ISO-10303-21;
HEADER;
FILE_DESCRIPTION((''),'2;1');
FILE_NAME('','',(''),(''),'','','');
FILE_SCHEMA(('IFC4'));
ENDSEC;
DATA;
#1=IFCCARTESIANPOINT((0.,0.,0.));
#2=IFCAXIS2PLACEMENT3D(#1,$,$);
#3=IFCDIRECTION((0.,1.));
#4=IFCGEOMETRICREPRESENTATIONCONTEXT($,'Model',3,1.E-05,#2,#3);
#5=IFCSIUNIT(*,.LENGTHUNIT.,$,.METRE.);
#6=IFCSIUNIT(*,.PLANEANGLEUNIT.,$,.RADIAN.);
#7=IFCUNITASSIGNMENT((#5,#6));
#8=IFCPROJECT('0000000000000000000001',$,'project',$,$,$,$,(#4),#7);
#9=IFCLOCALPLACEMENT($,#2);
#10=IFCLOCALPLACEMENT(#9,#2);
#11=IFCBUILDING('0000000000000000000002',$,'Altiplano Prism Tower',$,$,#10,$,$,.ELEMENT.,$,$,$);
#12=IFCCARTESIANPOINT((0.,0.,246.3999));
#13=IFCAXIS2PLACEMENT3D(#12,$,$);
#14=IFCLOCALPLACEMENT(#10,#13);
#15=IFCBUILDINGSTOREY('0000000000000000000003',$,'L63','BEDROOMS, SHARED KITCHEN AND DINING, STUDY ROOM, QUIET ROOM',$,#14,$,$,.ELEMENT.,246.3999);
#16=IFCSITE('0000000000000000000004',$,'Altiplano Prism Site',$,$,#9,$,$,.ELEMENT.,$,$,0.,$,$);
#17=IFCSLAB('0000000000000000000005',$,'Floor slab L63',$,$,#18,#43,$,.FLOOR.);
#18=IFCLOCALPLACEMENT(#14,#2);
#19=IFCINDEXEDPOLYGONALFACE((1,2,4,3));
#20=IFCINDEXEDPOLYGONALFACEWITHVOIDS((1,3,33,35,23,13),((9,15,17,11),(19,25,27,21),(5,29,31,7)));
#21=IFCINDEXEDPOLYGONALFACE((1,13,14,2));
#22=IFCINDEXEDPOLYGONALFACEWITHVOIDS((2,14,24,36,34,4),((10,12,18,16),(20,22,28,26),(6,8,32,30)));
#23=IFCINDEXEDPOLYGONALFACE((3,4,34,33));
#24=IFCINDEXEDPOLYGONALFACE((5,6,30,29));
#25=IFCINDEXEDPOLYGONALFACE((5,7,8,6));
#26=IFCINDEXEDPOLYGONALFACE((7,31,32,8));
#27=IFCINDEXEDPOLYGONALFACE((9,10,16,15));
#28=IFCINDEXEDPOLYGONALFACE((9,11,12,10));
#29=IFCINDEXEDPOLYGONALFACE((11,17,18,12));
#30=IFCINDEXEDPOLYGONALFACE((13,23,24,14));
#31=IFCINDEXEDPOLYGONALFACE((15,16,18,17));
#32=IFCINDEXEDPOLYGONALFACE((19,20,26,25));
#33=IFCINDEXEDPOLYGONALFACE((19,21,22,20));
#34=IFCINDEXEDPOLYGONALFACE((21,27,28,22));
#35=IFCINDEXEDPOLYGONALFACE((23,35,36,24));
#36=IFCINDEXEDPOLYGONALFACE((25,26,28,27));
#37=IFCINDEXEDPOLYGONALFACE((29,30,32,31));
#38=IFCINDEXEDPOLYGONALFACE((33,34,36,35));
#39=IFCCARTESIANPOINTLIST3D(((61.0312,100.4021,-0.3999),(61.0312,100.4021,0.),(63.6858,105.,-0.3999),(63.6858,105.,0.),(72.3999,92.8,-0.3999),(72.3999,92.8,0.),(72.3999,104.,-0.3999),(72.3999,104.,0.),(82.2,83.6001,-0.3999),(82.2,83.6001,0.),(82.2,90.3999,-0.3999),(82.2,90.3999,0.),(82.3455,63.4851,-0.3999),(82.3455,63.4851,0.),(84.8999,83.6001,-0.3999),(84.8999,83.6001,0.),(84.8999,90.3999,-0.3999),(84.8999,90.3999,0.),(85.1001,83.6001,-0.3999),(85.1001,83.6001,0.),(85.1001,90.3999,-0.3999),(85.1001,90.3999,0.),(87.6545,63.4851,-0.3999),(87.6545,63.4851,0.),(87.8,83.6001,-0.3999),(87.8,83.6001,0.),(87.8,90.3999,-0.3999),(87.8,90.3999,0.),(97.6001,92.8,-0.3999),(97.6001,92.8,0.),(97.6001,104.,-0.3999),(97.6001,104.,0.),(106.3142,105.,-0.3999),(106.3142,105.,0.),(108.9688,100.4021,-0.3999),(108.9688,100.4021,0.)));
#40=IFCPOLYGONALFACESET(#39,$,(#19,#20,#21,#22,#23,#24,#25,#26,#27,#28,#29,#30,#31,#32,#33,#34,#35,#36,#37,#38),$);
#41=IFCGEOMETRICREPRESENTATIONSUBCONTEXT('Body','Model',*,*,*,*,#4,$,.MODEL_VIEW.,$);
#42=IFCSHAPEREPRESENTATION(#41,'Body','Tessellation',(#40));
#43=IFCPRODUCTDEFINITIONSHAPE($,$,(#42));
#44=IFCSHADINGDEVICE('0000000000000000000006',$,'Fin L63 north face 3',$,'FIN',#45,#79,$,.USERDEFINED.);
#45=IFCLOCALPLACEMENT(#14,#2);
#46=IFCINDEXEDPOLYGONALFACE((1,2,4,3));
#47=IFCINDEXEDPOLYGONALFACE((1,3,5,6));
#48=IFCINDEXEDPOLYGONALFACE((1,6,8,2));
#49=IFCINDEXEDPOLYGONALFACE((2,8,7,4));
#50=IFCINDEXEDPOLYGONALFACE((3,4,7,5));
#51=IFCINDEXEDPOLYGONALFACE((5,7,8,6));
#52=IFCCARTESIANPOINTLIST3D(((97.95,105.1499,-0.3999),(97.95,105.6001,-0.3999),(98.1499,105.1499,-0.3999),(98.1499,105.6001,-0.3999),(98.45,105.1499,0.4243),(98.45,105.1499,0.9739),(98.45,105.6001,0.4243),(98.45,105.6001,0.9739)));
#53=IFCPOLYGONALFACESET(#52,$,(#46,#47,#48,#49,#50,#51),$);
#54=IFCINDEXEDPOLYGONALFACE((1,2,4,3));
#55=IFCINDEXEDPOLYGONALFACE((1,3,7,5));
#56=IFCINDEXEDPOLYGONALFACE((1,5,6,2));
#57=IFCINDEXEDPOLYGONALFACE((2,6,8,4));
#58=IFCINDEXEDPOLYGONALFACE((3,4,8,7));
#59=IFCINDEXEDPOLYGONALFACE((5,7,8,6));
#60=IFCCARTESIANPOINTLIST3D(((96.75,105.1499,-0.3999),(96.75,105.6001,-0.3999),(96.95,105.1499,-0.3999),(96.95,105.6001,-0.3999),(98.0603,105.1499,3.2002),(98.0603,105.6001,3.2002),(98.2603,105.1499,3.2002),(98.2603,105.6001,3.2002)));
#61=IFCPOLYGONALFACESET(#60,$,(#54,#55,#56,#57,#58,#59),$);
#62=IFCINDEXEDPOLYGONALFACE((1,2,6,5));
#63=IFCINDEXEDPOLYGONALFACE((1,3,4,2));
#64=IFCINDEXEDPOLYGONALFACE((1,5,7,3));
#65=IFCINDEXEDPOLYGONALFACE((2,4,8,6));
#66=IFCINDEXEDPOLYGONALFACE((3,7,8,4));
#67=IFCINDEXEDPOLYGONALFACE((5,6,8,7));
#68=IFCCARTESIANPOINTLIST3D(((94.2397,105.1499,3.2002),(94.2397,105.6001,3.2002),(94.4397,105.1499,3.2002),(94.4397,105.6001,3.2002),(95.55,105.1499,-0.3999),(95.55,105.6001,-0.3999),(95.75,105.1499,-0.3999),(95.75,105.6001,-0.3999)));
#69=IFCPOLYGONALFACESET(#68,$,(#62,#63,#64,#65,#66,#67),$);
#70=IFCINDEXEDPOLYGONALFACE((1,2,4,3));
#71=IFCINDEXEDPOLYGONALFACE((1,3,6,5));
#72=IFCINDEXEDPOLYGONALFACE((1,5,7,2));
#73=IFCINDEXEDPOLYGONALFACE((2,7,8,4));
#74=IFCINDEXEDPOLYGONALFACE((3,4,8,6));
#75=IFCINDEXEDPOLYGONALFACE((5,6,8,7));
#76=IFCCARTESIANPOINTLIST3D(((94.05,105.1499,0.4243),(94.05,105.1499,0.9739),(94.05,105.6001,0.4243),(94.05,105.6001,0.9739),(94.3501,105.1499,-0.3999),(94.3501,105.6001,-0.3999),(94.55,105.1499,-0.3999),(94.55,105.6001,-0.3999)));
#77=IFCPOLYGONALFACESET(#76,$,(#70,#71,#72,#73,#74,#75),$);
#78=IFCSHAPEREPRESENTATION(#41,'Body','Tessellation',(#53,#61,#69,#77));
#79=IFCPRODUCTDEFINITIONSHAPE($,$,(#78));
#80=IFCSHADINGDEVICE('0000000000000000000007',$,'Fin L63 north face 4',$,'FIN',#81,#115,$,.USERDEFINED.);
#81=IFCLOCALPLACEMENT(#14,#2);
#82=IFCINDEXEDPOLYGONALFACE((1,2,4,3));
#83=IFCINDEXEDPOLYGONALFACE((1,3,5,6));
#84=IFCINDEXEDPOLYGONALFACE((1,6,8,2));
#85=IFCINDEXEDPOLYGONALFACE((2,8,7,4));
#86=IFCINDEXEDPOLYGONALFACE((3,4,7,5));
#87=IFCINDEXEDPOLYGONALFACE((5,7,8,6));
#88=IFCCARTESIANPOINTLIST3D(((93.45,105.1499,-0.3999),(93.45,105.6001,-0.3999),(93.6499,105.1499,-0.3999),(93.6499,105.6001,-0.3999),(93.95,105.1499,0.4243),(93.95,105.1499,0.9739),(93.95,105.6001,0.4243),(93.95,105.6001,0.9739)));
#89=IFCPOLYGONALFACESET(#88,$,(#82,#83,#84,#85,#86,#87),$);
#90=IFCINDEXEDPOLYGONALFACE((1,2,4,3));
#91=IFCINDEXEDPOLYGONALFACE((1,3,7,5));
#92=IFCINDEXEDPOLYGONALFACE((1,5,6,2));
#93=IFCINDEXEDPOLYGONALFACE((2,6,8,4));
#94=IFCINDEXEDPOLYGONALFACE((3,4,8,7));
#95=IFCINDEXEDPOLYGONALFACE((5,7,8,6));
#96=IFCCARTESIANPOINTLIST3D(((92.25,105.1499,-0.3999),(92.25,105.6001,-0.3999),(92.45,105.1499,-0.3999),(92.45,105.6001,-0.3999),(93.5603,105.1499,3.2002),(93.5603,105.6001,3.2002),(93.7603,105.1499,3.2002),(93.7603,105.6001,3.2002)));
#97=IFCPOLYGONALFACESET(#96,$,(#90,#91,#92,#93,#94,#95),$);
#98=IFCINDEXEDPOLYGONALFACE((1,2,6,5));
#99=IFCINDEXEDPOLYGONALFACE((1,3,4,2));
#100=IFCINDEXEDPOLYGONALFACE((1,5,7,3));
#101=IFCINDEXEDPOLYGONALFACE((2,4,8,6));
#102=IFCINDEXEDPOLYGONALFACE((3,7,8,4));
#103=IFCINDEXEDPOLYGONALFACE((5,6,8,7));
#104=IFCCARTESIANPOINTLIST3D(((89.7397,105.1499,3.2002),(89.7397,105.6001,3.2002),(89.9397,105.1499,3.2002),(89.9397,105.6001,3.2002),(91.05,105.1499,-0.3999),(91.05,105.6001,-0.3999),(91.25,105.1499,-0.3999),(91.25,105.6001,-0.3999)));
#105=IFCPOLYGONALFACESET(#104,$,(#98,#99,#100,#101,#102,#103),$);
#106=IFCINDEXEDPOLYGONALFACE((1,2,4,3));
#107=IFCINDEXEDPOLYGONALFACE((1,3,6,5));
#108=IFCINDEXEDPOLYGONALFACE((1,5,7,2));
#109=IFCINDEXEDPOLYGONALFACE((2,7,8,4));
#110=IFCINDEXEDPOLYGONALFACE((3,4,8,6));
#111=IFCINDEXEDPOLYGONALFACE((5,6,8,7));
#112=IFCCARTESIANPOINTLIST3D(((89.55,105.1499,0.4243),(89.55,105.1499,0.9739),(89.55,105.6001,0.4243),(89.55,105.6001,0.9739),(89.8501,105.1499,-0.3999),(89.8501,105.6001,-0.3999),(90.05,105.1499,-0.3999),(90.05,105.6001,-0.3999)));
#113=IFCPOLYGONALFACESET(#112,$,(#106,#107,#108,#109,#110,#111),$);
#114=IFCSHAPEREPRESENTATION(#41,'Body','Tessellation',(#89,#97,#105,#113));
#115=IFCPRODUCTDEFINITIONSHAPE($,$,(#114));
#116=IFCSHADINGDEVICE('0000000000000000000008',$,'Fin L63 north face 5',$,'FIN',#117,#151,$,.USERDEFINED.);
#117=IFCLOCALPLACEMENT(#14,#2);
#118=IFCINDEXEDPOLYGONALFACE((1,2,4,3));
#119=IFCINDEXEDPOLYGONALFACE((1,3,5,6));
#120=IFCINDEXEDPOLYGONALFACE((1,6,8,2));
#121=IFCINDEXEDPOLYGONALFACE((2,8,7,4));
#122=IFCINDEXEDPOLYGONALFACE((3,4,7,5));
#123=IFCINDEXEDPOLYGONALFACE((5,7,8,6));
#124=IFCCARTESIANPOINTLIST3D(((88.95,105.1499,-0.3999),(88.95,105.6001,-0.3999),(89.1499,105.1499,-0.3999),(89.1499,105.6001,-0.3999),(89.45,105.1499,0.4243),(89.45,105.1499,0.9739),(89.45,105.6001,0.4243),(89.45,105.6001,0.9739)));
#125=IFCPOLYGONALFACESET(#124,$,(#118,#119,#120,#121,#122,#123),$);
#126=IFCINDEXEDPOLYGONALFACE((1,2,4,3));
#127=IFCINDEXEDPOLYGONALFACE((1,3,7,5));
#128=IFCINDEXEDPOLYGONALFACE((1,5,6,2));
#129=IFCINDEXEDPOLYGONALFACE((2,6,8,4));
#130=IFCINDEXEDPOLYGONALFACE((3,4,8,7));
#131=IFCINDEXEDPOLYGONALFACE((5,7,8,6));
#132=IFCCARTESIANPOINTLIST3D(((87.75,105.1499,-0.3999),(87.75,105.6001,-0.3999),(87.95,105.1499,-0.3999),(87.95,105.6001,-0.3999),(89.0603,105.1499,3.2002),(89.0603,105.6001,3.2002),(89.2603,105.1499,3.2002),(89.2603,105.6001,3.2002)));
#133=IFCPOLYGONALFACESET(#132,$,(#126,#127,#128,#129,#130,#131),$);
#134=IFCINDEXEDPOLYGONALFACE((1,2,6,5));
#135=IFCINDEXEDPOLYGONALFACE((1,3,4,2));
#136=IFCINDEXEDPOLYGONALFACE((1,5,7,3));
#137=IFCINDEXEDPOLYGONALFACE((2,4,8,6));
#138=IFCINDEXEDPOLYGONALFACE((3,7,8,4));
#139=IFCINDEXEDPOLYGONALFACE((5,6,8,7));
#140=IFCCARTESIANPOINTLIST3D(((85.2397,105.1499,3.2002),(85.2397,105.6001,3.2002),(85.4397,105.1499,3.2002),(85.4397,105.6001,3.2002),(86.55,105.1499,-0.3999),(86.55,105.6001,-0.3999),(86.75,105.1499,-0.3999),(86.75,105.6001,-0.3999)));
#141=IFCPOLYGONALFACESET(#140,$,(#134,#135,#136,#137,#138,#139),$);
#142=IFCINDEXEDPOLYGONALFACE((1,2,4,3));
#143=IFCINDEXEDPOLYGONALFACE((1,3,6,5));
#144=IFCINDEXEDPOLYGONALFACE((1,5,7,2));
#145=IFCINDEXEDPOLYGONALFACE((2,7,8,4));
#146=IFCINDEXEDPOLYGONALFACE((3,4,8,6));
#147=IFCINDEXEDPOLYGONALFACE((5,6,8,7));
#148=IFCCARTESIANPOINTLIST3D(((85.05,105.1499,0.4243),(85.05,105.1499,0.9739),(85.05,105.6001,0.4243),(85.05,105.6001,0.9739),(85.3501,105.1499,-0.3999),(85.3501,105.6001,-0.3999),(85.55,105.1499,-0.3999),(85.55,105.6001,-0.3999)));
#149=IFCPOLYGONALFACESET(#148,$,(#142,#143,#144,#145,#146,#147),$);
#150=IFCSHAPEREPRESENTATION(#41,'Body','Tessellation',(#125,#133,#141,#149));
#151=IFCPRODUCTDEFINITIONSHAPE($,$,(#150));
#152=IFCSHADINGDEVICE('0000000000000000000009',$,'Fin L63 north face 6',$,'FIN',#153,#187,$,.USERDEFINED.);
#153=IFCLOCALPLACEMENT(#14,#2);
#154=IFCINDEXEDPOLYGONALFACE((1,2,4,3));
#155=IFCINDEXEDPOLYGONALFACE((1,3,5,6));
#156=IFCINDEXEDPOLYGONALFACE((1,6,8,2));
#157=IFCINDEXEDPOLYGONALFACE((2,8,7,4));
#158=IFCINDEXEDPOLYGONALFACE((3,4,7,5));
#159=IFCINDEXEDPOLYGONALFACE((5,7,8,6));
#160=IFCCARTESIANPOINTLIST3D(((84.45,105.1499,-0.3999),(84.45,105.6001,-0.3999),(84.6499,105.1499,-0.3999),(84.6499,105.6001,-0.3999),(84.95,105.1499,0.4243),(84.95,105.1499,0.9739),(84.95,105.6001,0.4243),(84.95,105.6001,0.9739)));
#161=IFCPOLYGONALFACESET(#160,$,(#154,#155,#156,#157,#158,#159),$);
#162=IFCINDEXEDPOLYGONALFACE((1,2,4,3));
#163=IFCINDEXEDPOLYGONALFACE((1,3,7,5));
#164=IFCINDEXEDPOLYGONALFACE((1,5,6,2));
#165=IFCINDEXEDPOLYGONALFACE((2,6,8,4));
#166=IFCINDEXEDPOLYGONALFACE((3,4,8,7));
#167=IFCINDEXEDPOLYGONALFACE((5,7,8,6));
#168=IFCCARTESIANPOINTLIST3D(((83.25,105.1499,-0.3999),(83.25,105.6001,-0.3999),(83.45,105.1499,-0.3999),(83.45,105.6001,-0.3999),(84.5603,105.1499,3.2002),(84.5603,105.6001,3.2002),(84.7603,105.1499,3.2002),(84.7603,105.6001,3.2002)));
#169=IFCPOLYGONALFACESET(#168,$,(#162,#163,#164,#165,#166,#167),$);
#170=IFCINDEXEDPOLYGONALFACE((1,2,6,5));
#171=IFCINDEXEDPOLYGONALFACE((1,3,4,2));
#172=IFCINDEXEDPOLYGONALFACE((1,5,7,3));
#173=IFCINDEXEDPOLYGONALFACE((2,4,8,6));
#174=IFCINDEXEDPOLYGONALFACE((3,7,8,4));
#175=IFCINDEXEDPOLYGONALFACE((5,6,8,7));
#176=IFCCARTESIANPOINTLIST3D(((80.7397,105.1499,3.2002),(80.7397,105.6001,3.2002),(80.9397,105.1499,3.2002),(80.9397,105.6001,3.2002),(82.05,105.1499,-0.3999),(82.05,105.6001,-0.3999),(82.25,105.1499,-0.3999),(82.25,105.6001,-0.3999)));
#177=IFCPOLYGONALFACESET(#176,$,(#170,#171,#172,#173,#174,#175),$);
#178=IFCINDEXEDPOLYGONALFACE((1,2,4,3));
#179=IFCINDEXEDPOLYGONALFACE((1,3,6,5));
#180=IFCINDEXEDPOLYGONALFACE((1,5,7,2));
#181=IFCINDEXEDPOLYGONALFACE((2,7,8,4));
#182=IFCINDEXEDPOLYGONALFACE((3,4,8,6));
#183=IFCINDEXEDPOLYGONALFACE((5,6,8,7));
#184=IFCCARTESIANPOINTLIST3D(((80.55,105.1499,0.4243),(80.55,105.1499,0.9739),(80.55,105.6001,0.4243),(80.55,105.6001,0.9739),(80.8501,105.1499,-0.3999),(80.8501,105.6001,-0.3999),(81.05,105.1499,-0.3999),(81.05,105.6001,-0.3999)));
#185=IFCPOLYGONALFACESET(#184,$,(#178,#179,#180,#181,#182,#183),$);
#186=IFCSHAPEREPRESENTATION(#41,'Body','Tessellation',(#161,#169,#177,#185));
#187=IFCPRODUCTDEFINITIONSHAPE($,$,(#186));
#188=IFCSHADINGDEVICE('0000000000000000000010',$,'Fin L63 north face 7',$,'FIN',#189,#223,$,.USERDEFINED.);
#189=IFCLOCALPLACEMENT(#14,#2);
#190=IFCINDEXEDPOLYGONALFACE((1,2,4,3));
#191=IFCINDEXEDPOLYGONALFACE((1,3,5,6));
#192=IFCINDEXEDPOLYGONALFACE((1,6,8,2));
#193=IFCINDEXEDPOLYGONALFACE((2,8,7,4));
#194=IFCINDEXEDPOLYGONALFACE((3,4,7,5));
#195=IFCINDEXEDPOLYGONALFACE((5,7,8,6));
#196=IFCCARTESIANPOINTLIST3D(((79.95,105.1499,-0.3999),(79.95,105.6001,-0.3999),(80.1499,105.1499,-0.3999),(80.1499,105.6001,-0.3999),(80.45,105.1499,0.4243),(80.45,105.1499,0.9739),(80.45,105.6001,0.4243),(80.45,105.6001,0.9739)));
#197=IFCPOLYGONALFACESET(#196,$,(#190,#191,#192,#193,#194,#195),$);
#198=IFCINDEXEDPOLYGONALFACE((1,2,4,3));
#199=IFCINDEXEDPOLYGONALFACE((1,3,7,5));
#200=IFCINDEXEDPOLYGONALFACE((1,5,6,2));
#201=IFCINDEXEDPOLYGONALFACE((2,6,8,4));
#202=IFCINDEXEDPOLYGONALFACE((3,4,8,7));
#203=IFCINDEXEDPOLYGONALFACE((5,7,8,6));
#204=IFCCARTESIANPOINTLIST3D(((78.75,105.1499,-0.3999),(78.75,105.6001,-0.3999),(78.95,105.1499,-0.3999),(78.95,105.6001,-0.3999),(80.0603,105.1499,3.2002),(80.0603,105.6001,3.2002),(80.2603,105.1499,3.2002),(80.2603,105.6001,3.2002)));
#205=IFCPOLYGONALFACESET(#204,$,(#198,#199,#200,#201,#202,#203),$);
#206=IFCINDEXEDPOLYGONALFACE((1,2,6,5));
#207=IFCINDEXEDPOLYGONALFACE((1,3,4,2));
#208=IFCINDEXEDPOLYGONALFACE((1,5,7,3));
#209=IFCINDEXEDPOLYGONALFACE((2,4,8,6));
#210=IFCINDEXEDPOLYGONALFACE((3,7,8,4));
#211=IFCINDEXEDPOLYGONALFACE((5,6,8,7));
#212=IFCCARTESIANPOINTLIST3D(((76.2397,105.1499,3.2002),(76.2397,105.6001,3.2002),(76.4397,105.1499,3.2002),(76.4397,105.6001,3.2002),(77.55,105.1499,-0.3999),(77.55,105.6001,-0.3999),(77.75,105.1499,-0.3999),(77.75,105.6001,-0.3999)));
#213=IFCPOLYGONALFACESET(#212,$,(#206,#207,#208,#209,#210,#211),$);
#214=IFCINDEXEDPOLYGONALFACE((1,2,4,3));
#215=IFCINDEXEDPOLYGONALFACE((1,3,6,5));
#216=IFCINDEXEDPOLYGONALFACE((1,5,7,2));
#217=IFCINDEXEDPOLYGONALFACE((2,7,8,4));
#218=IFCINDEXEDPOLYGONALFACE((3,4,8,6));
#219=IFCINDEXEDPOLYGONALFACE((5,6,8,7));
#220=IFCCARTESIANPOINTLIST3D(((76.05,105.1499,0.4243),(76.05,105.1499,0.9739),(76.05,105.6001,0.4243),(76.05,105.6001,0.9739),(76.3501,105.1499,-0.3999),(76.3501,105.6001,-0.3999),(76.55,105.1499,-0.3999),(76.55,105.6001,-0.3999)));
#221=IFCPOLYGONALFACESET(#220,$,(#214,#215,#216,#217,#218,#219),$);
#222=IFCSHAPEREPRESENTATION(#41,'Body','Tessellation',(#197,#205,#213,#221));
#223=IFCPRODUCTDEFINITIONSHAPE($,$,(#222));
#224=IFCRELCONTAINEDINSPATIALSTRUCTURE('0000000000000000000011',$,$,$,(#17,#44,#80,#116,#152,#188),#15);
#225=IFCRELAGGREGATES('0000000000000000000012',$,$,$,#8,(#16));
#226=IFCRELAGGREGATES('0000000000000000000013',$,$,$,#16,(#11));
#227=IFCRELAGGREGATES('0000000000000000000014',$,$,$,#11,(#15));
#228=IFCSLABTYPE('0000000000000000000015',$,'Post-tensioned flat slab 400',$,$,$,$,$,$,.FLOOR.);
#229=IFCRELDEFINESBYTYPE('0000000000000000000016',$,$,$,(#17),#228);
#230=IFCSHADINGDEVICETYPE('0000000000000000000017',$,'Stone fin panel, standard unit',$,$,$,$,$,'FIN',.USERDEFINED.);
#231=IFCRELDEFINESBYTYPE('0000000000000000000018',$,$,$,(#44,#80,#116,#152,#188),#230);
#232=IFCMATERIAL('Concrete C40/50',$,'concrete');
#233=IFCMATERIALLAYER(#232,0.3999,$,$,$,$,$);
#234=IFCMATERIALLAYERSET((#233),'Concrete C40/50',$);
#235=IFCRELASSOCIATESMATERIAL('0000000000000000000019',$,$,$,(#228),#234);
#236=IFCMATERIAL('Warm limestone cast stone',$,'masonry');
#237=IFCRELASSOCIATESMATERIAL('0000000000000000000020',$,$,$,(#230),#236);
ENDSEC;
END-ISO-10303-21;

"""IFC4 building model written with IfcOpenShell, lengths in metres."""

from ifc_helpers import new_model, si_unit, direction, frame, origin, place, context, subcontext, project, spatial, polyline, outline, extrude, source, transform, mapped, material, layer, layer_set, type_object, element, save


model = new_model("IFC4")

# Units and contexts
model_context = context("Model", 3, precision=1e-05, world=origin(), true_north=direction((0.0, 1.0)))
body_context = subcontext(model_context, "Body", "Model", "MODEL_VIEW")
ifc_project = project(units=[si_unit("LENGTHUNIT", "METRE"), si_unit("PLANEANGLEUNIT", "RADIAN")], contexts=[model_context])

# Site, building, storey
site_placement = place(None, origin())
site = spatial("IfcSite", under=ifc_project, at=site_placement, Name="Altiplano Prism Site", CompositionType="ELEMENT", RefElevation=0.0)
building_placement = place(site_placement, origin())
building = spatial("IfcBuilding", under=site, at=building_placement, Name="Altiplano Prism Tower", CompositionType="ELEMENT")
storey_placement = place(building_placement, frame((0.0, 0.0, 246.3999)))
storey = spatial("IfcBuildingStorey", under=building, at=storey_placement, Name="L63", Description="BEDROOMS, SHARED KITCHEN AND DINING, STUDY ROOM, QUIET ROOM", CompositionType="ELEMENT", Elevation=246.3999)

# Slab
ifc_material_1 = material(Name="Concrete C40/50", Category="concrete")
ifc_layer = layer(ifc_material_1, 0.3999)
ifc_layer_set = layer_set([ifc_layer], Name="Concrete C40/50")
slab_type = type_object("IfcSlabType", Name="Post-tensioned flat slab 400", PredefinedType="FLOOR", material=ifc_layer_set)
slab_placement = place(storey_placement, frame((0.0, 0.0, -0.3999)))
element("IfcSlab", 1, at=slab_placement, inside=storey, type_object=slab_type, Name="Floor slab L63", PredefinedType="FLOOR", context=body_context, shape_type="SweptSolid", body=[
    extrude(outline(polyline([(82.3455, 63.4851), (61.0312, 100.4021), (63.6858, 105.0), (106.3142, 105.0), (108.9688, 100.4021), (87.6545, 63.4851), (82.3455, 63.4851)]), holes=[polyline([(72.3999, 104.0), (72.3999, 92.8), (97.6001, 92.8), (97.6001, 104.0), (72.3999, 104.0)]), polyline([(84.8999, 90.3999), (82.2, 90.3999), (82.2, 83.6001), (84.8999, 83.6001), (84.8999, 90.3999)]), polyline([(87.8, 83.6001), (87.8, 90.3999), (85.1001, 90.3999), (85.1001, 83.6001), (87.8, 83.6001)])]), origin(), (0.0, 0.0, 1.0), 0.3999),
])

# Shading devices
ifc_material_2 = material(Name="Warm limestone cast stone", Category="masonry")
shading_device_type_1 = type_object("IfcShadingDeviceType", Name="Stone fin panel, standard unit", ElementType="FIN", PredefinedType="USERDEFINED", material=ifc_material_2)
shared_shape_1 = source(origin(), body_context, "Body", "SweptSolid", [
    extrude(outline(polyline([(-2.2, 1.3738), (-2.2, 0.8242), (-1.8999, 0.0), (-1.7, 0.0), (-2.2, 1.3738)])), frame((0.0, -0.1499, 0.0), z_axis=(0.0, -1.0, 0.0), x_axis=(1.0, 0.0, 0.0)), (0.0, 0.0, 1.0), 0.4502),
    extrude(outline(polyline([(-2.0103, 3.6001), (-0.7, 0.0), (-0.5, 0.0), (-1.8103, 3.6001), (-2.0103, 3.6001)])), frame((0.0, -0.1499, 0.0), z_axis=(0.0, -1.0, 0.0), x_axis=(1.0, 0.0, 0.0)), (0.0, 0.0, 1.0), 0.4502),
    extrude(outline(polyline([(1.8103, 3.6001), (0.5, 0.0), (0.7, 0.0), (2.0103, 3.6001), (1.8103, 3.6001)])), frame((0.0, -0.1499, 0.0), z_axis=(0.0, -1.0, 0.0), x_axis=(1.0, 0.0, 0.0)), (0.0, 0.0, 1.0), 0.4502),
    extrude(outline(polyline([(2.2, 0.8242), (2.2, 1.3738), (1.7, 0.0), (1.8999, 0.0), (2.2, 0.8242)])), frame((0.0, -0.1499, 0.0), z_axis=(0.0, -1.0, 0.0), x_axis=(1.0, 0.0, 0.0)), (0.0, 0.0, 1.0), 0.4502),
])
shading_device_1_placement = place(storey_placement, origin())
element("IfcShadingDevice", 2, at=shading_device_1_placement, inside=storey, type_object=shading_device_type_1, Name="Fin L63 north face 3", ObjectType="FIN", PredefinedType="USERDEFINED", context=body_context, shape_type="MappedRepresentation", body=[
    mapped(shared_shape_1, transform((96.25, 105.0, -0.3999), x_axis=(-1.0, 0.0, 0.0), y_axis=(0.0, -1.0, 0.0), z_axis=(0.0, 0.0, 1.0))),
])
shading_device_2_placement = place(storey_placement, origin())
element("IfcShadingDevice", 3, at=shading_device_2_placement, inside=storey, type_object=shading_device_type_1, Name="Fin L63 north face 4", ObjectType="FIN", PredefinedType="USERDEFINED", context=body_context, shape_type="MappedRepresentation", body=[
    mapped(shared_shape_1, transform((91.75, 105.0, -0.3999), x_axis=(-1.0, 0.0, 0.0), y_axis=(0.0, -1.0, 0.0), z_axis=(0.0, 0.0, 1.0))),
])
shading_device_3_placement = place(storey_placement, origin())
element("IfcShadingDevice", 4, at=shading_device_3_placement, inside=storey, type_object=shading_device_type_1, Name="Fin L63 north face 5", ObjectType="FIN", PredefinedType="USERDEFINED", context=body_context, shape_type="MappedRepresentation", body=[
    mapped(shared_shape_1, transform((87.25, 105.0, -0.3999), x_axis=(-1.0, 0.0, 0.0), y_axis=(0.0, -1.0, 0.0), z_axis=(0.0, 0.0, 1.0))),
])
shading_device_4_placement = place(storey_placement, origin())
element("IfcShadingDevice", 5, at=shading_device_4_placement, inside=storey, type_object=shading_device_type_1, Name="Fin L63 north face 6", ObjectType="FIN", PredefinedType="USERDEFINED", context=body_context, shape_type="MappedRepresentation", body=[
    mapped(shared_shape_1, transform((82.75, 105.0, -0.3999), x_axis=(-1.0, 0.0, 0.0), y_axis=(0.0, -1.0, 0.0), z_axis=(0.0, 0.0, 1.0))),
])
shading_device_5_placement = place(storey_placement, origin())
element("IfcShadingDevice", 6, at=shading_device_5_placement, inside=storey, type_object=shading_device_type_1, Name="Fin L63 north face 7", ObjectType="FIN", PredefinedType="USERDEFINED", context=body_context, shape_type="MappedRepresentation", body=[
    mapped(shared_shape_1, transform((78.25, 105.0, -0.3999), x_axis=(-1.0, 0.0, 0.0), y_axis=(0.0, -1.0, 0.0), z_axis=(0.0, 0.0, 1.0))),
])

save(model, "model.ifc")
